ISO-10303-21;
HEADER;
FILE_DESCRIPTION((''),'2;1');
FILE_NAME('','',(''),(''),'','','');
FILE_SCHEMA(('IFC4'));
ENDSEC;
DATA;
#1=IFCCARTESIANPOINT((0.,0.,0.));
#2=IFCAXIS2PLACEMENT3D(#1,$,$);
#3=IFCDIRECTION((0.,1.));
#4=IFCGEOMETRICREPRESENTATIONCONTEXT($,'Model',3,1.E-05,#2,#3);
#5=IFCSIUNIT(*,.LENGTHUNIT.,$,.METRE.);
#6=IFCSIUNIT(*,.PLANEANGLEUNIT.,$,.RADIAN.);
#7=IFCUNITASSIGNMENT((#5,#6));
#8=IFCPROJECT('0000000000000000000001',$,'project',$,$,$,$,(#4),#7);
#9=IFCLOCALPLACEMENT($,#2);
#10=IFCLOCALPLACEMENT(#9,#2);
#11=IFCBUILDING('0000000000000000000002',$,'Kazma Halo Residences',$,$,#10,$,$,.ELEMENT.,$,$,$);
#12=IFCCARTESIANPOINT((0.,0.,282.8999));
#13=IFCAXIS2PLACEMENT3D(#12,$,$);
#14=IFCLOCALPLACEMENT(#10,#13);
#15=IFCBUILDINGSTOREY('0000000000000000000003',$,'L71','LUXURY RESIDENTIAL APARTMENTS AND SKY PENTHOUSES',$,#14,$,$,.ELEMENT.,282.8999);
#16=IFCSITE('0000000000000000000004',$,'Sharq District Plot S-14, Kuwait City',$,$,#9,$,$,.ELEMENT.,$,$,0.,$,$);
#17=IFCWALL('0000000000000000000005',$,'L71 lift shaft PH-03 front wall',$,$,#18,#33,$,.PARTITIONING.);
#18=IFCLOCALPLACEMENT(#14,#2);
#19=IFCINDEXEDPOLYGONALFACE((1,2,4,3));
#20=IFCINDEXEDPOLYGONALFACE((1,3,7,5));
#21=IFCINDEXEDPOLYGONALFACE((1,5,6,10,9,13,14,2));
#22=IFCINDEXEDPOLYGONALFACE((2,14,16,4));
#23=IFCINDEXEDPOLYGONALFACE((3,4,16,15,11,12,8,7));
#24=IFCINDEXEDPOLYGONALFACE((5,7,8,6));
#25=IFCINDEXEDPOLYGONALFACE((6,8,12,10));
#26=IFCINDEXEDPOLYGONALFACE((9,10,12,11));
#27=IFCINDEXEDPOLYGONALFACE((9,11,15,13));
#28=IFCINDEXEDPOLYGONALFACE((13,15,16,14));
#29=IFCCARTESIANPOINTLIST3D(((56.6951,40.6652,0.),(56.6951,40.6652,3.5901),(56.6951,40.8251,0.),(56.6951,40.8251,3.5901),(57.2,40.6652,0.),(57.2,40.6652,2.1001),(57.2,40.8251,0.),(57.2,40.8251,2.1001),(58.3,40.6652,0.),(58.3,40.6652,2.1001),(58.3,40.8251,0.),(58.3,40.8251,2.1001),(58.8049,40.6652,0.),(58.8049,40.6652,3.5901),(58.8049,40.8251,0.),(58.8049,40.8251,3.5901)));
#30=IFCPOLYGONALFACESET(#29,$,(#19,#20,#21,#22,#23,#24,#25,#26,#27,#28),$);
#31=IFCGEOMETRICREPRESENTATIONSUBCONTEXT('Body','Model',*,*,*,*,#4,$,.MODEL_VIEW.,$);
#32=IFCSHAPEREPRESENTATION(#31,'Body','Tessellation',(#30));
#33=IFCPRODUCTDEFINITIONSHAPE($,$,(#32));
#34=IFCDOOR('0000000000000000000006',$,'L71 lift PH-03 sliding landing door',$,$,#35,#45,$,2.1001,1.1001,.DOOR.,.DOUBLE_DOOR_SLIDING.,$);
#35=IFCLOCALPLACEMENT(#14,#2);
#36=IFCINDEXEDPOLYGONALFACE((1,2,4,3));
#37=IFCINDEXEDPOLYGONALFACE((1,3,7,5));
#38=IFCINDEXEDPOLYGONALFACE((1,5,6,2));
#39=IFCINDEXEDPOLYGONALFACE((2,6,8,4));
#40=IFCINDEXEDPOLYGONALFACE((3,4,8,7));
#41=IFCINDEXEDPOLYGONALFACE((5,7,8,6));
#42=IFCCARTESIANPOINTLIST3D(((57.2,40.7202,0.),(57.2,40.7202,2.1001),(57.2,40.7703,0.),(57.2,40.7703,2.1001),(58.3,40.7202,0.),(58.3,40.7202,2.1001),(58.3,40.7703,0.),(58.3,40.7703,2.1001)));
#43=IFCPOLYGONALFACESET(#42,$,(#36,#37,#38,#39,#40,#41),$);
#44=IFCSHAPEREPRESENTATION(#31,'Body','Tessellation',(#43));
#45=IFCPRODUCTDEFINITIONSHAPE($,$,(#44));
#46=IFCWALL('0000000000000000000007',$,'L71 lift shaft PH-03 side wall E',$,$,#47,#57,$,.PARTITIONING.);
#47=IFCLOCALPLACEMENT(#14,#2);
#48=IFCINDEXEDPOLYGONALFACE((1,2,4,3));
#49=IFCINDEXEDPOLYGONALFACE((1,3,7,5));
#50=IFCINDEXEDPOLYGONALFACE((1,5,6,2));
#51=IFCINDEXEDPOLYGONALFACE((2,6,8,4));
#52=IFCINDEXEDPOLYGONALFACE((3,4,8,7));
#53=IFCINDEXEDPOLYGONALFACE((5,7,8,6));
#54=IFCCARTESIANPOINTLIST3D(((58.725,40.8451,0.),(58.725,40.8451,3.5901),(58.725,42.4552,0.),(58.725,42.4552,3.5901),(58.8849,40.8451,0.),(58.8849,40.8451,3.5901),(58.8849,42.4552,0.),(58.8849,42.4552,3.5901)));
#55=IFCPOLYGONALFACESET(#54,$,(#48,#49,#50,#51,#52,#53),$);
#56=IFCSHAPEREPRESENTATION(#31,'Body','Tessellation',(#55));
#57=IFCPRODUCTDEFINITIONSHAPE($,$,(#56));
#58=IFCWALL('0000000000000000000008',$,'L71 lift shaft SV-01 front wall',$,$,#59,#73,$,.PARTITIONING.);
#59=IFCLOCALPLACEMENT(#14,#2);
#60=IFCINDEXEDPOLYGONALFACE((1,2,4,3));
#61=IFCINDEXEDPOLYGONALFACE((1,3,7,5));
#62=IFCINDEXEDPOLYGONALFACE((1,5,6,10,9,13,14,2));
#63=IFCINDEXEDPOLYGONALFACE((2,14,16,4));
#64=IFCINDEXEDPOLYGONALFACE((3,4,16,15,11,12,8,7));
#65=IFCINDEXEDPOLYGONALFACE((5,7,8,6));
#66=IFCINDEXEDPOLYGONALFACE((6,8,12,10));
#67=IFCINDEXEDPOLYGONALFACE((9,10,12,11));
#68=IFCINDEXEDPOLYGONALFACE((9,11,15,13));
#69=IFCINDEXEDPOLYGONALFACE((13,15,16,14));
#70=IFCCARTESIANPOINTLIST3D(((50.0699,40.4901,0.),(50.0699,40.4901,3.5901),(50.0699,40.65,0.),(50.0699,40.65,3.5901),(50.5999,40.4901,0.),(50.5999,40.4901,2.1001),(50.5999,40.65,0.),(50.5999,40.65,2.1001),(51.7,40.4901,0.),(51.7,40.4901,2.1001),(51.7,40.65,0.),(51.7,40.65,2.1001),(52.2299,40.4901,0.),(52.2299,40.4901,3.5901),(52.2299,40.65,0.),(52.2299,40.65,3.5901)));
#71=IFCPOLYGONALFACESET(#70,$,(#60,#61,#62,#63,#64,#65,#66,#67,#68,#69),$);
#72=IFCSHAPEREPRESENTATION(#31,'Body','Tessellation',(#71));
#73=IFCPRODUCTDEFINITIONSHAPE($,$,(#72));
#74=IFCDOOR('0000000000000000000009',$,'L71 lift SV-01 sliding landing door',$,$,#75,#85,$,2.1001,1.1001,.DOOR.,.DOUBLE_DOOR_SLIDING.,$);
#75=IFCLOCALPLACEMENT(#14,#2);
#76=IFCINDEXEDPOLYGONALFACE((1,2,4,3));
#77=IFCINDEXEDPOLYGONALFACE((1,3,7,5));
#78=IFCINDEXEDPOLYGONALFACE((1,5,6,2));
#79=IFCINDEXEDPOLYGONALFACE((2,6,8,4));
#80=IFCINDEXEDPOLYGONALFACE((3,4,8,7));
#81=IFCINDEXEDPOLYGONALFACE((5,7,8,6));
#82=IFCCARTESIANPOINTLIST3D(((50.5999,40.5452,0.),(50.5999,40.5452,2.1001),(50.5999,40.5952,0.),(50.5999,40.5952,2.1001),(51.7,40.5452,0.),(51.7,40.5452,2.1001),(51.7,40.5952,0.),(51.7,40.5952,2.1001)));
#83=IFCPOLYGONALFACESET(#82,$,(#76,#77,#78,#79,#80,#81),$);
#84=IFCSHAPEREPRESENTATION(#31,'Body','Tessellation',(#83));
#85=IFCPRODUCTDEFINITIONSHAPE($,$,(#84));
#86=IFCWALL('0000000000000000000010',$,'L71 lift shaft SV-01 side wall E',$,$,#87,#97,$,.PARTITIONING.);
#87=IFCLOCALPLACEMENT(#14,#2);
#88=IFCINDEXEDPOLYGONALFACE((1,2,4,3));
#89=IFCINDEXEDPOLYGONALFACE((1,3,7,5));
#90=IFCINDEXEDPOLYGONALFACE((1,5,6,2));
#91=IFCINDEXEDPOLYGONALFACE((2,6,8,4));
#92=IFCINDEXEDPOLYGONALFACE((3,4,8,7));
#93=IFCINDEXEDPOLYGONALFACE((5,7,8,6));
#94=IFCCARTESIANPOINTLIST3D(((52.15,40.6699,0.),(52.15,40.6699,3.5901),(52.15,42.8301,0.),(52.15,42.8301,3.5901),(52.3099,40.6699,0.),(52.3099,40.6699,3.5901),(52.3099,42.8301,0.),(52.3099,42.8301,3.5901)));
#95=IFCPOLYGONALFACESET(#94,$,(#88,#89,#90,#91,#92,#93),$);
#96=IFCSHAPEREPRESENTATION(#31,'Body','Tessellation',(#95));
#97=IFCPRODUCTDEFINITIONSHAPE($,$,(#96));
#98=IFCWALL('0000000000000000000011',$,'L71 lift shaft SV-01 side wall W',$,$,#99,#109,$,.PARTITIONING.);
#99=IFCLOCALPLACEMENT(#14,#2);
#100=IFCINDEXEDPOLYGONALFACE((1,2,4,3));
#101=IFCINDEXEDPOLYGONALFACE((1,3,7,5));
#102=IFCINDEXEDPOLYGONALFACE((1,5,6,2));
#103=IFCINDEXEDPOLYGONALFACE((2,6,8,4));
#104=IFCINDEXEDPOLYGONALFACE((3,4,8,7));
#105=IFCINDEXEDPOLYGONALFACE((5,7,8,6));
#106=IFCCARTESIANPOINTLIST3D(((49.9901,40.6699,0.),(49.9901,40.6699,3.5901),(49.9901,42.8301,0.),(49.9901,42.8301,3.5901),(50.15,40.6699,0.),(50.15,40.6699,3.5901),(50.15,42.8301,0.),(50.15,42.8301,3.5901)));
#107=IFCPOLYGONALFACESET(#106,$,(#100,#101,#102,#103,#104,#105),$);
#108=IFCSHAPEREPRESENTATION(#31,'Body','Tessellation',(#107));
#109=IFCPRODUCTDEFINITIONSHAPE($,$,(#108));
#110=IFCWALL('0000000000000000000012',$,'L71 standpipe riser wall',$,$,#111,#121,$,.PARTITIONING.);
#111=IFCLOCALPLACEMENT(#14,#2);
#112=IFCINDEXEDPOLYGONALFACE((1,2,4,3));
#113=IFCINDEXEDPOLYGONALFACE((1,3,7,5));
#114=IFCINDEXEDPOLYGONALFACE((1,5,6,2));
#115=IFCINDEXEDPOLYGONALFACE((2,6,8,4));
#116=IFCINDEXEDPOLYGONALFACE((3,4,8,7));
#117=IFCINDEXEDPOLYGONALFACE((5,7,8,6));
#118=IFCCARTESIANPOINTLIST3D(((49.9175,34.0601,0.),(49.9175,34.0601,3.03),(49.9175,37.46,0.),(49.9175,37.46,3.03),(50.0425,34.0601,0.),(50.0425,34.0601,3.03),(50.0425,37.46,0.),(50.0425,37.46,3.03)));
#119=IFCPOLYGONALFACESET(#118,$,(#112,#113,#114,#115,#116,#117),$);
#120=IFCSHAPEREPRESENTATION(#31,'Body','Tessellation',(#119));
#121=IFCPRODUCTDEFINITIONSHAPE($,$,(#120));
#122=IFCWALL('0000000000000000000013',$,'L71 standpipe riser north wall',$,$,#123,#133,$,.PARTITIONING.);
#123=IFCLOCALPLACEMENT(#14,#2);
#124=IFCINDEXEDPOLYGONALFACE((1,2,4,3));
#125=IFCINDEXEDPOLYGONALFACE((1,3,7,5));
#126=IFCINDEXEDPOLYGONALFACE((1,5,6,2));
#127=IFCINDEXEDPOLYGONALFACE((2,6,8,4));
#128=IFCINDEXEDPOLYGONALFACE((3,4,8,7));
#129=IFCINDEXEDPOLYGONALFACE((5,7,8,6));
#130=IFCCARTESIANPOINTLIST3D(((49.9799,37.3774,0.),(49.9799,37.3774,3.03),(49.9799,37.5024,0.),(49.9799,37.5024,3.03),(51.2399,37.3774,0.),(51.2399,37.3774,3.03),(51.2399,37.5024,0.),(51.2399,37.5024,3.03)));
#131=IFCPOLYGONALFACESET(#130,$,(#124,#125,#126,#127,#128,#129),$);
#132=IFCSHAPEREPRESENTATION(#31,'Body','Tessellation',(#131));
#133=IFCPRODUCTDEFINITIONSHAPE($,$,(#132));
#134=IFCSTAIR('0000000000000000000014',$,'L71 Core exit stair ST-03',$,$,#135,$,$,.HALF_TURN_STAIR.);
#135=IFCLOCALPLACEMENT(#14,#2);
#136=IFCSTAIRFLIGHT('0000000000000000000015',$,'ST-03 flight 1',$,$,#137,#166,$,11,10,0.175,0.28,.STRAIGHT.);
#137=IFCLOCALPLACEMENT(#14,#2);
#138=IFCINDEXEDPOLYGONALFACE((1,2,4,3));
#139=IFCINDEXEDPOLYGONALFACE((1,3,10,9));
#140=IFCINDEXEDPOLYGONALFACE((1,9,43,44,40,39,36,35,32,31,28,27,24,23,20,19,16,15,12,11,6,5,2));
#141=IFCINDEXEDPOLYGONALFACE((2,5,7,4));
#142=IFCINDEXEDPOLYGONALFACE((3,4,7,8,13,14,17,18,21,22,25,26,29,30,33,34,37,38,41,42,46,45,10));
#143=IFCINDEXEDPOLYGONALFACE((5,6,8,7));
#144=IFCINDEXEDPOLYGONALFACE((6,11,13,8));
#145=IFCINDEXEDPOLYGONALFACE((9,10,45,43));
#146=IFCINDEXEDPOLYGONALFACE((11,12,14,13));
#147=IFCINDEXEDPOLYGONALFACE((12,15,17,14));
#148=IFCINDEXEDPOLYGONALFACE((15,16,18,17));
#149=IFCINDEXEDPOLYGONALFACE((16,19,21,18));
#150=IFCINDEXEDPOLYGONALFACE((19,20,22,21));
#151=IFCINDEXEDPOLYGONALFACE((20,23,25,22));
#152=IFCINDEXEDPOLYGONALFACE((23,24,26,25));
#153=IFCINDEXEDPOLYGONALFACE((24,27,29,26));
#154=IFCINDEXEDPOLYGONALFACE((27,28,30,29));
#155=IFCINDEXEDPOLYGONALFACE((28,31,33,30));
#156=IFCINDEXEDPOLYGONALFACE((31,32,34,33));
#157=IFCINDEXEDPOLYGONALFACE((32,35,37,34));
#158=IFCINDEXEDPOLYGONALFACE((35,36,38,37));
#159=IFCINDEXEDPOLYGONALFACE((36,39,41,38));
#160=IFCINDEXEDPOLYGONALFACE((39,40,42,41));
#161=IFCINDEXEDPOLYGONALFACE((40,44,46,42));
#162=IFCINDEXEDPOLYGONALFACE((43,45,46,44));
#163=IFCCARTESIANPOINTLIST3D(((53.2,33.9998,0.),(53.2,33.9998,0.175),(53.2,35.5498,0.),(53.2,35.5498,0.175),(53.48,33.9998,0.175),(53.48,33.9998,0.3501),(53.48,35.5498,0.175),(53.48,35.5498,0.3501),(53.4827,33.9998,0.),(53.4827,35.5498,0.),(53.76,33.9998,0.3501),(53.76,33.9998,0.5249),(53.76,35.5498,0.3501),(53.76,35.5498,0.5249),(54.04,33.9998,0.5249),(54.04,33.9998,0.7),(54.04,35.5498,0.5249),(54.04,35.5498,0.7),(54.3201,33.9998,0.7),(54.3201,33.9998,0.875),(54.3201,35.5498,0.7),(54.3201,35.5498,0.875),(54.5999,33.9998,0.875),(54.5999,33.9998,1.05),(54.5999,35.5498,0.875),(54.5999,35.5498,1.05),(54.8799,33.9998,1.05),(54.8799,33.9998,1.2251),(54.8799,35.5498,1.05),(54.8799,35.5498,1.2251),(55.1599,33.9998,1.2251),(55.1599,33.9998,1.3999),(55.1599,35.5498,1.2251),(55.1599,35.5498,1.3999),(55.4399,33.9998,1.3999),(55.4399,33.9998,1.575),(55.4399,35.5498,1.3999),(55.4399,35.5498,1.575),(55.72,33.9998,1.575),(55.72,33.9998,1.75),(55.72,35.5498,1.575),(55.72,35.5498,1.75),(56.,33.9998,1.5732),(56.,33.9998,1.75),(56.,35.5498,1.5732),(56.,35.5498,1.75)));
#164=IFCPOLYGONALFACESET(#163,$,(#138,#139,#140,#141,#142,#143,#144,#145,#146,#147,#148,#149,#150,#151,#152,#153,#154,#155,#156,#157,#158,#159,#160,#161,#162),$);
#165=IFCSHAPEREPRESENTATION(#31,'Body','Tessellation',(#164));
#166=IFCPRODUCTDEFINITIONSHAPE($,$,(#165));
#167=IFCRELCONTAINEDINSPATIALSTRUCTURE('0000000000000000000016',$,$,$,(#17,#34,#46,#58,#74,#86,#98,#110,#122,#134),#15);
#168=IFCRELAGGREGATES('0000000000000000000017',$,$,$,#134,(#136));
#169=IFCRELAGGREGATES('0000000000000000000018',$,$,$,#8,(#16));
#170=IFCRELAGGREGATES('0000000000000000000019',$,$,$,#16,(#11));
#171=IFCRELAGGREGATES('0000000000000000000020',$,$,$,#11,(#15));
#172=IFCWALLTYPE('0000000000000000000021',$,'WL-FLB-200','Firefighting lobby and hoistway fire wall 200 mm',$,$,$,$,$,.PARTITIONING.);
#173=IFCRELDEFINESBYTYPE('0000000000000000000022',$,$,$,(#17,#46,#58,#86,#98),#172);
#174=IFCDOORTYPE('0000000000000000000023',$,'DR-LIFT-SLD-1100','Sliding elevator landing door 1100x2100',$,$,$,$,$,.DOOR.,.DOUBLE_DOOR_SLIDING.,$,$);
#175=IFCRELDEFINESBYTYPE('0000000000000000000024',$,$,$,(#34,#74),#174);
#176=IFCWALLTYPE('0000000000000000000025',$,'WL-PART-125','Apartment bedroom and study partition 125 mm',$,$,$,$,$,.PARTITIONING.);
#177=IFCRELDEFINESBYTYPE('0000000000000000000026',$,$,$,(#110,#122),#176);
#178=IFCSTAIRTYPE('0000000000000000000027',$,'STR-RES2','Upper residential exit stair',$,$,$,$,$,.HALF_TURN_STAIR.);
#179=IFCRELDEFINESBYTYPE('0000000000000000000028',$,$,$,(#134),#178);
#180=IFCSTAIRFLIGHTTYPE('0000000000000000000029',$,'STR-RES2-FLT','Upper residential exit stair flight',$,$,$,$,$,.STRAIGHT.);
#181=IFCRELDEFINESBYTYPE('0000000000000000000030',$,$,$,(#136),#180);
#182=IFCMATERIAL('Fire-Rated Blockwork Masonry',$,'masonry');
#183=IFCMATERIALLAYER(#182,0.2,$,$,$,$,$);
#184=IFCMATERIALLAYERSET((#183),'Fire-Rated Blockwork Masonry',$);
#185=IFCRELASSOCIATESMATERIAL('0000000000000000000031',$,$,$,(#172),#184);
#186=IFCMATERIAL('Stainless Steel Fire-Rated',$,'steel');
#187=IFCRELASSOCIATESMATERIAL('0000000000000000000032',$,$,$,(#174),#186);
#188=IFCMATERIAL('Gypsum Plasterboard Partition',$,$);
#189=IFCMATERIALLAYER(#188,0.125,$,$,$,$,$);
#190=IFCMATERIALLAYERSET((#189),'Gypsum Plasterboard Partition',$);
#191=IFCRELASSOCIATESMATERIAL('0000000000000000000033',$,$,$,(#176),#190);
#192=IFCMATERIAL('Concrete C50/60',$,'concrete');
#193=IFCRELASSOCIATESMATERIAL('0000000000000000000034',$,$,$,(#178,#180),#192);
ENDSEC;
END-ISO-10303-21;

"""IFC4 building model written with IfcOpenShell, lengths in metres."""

from ifc_helpers import new_model, si_unit, direction, frame, frame_2d, origin, place, context, subcontext, project, spatial, polyline, rectangle, outline, extrude, material, layer, layer_set, type_object, element, fill, aggregate, save


model = new_model("IFC4")

# Units and contexts
model_context = context("Model", 3, precision=1e-05, world=origin(), true_north=direction((0.0, 1.0)))
body_context = subcontext(model_context, "Body", "Model", "MODEL_VIEW")
ifc_project = project(units=[si_unit("LENGTHUNIT", "METRE"), si_unit("PLANEANGLEUNIT", "RADIAN")], contexts=[model_context])

# Site, building, storey
site_placement = place(None, origin())
site = spatial("IfcSite", under=ifc_project, at=site_placement, Name="Sharq District Plot S-14, Kuwait City", CompositionType="ELEMENT", RefElevation=0.0)
building_placement = place(site_placement, origin())
building = spatial("IfcBuilding", under=site, at=building_placement, Name="Kazma Halo Residences", CompositionType="ELEMENT")
storey_placement = place(building_placement, frame((0.0, 0.0, 282.8999)))
storey = spatial("IfcBuildingStorey", under=building, at=storey_placement, Name="L71", Description="LUXURY RESIDENTIAL APARTMENTS AND SKY PENTHOUSES", CompositionType="ELEMENT", Elevation=282.8999)

# Shared definitions
ifc_material_1 = material(Name="Fire-Rated Blockwork Masonry", Category="masonry")
ifc_layer_1 = layer(ifc_material_1, 0.2)
ifc_layer_set_1 = layer_set([ifc_layer_1], Name="Fire-Rated Blockwork Masonry")
wall_type_1 = type_object("IfcWallType", Name="WL-FLB-200", Description="Firefighting lobby and hoistway fire wall 200 mm", PredefinedType="PARTITIONING", material=ifc_layer_set_1)
ifc_material_2 = material(Name="Stainless Steel Fire-Rated", Category="steel")
door_type_1 = type_object("IfcDoorType", Name="DR-LIFT-SLD-1100", Description="Sliding elevator landing door 1100x2100", OperationType="DOUBLE_DOOR_SLIDING", PredefinedType="DOOR", material=ifc_material_2)

# Wall, opening, door
wall_1_placement = place(storey_placement, frame((58.8049, 40.7451, 0.0), z_axis=(0.0, 0.0, 1.0), x_axis=(-1.0, 0.0, 0.0)))
wall_1 = element("IfcWall", 1, at=wall_1_placement, inside=storey, type_object=wall_type_1, Name="L71 lift shaft PH-03 front wall", PredefinedType="PARTITIONING", context=body_context, shape_type="SweptSolid", body=[
    extrude(rectangle(XDim=2.1099, YDim=0.1599, at=frame_2d((1.0549, 0.0))), origin(), (0.0, 0.0, 1.0), 3.5901),
])
opening_1_placement = place(wall_1_placement, frame((0.5049, 0.0, 0.0)))
opening_1 = element("IfcOpeningElement", 2, at=opening_1_placement, cuts=wall_1, PredefinedType="OPENING", context=body_context, shape_type="SweptSolid", body=[
    extrude(rectangle(XDim=1.1001, YDim=2.1001, at=frame_2d((0.55, 1.05))), frame((0.0, 0.0898, 0.0), z_axis=(0.0, -1.0, 0.0), x_axis=(1.0, 0.0, 0.0)), (0.0, 0.0, 1.0), 0.1799),
])
door_1_placement = place(opening_1_placement, origin())
door_1 = element("IfcDoor", 3, at=door_1_placement, inside=storey, type_object=door_type_1, Name="L71 lift PH-03 sliding landing door", OperationType="DOUBLE_DOOR_SLIDING", OverallHeight=2.1001, OverallWidth=1.1001, PredefinedType="DOOR", context=body_context, shape_type="SweptSolid", body=[
    extrude(rectangle(XDim=1.1001, YDim=2.1001, at=frame_2d((0.55, 1.05))), frame((0.0, 0.0249, 0.0), z_axis=(0.0, -1.0, 0.0), x_axis=(1.0, 0.0, 0.0)), (0.0, 0.0, 1.0), 0.05),
])
fill(opening_1, door_1)

# Wall
wall_2_placement = place(storey_placement, frame((58.8049, 40.845, 0.0), z_axis=(0.0, 0.0, 1.0), x_axis=(0.0, 1.0, 0.0)))
element("IfcWall", 4, at=wall_2_placement, inside=storey, type_object=wall_type_1, Name="L71 lift shaft PH-03 side wall E", PredefinedType="PARTITIONING", context=body_context, shape_type="SweptSolid", body=[
    extrude(rectangle(XDim=1.6101, YDim=0.1599, at=frame_2d((0.8052, 0.0))), origin(), (0.0, 0.0, 1.0), 3.5901),
])

# Wall, opening, door
wall_3_placement = place(storey_placement, frame((52.23, 40.5701, 0.0), z_axis=(0.0, 0.0, 1.0), x_axis=(-1.0, 0.0, 0.0)))
wall_3 = element("IfcWall", 5, at=wall_3_placement, inside=storey, type_object=wall_type_1, Name="L71 lift shaft SV-01 front wall", PredefinedType="PARTITIONING", context=body_context, shape_type="SweptSolid", body=[
    extrude(rectangle(XDim=2.1599, YDim=0.1599, at=frame_2d((1.0801, 0.0))), origin(), (0.0, 0.0, 1.0), 3.5901),
])
opening_2_placement = place(wall_3_placement, frame((0.53, 0.0, 0.0)))
opening_2 = element("IfcOpeningElement", 6, at=opening_2_placement, cuts=wall_3, PredefinedType="OPENING", context=body_context, shape_type="SweptSolid", body=[
    extrude(rectangle(XDim=1.1001, YDim=2.1001, at=frame_2d((0.55, 1.05))), frame((0.0, 0.0898, 0.0), z_axis=(0.0, -1.0, 0.0), x_axis=(1.0, 0.0, 0.0)), (0.0, 0.0, 1.0), 0.1799),
])
door_2_placement = place(opening_2_placement, origin())
door_2 = element("IfcDoor", 7, at=door_2_placement, inside=storey, type_object=door_type_1, Name="L71 lift SV-01 sliding landing door", OperationType="DOUBLE_DOOR_SLIDING", OverallHeight=2.1001, OverallWidth=1.1001, PredefinedType="DOOR", context=body_context, shape_type="SweptSolid", body=[
    extrude(rectangle(XDim=1.1001, YDim=2.1001, at=frame_2d((0.55, 1.05))), frame((0.0, 0.0249, 0.0), z_axis=(0.0, -1.0, 0.0), x_axis=(1.0, 0.0, 0.0)), (0.0, 0.0, 1.0), 0.05),
])
fill(opening_2, door_2)

# Walls
for number, where, z_axis, x_axis, name in (
    (8, (52.23, 40.6699, 0.0), (0.0, 0.0, 1.0), (0.0, 1.0, 0.0), "L71 lift shaft SV-01 side wall E"),
    (9, (50.0701, 40.6699, 0.0), (0.0, 0.0, 1.0), (0.0, 1.0, 0.0), "L71 lift shaft SV-01 side wall W"),
):
    element("IfcWall", number, at=place(storey_placement, frame(where, z_axis=z_axis, x_axis=x_axis)), inside=storey, type_object=wall_type_1, Name=name, PredefinedType="PARTITIONING", context=body_context, shape_type="SweptSolid", body=[
        extrude(rectangle(XDim=2.1602, YDim=0.1599, at=frame_2d((1.0801, 0.0))), origin(), (0.0, 0.0, 1.0), 3.5901),
    ])
ifc_material_3 = material(Name="Gypsum Plasterboard Partition")
ifc_layer_2 = layer(ifc_material_3, 0.125)
ifc_layer_set_2 = layer_set([ifc_layer_2], Name="Gypsum Plasterboard Partition")
wall_type_2 = type_object("IfcWallType", Name="WL-PART-125", Description="Apartment bedroom and study partition 125 mm", PredefinedType="PARTITIONING", material=ifc_layer_set_2)
wall_4_placement = place(storey_placement, frame((49.98, 34.0601, 0.0), z_axis=(0.0, 0.0, 1.0), x_axis=(0.0, 1.0, 0.0)))
element("IfcWall", 10, at=wall_4_placement, inside=storey, type_object=wall_type_2, Name="L71 standpipe riser wall", PredefinedType="PARTITIONING", context=body_context, shape_type="SweptSolid", body=[
    extrude(rectangle(XDim=3.3999, YDim=0.125, at=frame_2d((1.7, 0.0))), origin(), (0.0, 0.0, 1.0), 3.03),
])
wall_5_placement = place(storey_placement, frame((49.98, 37.4399, 0.0), z_axis=(0.0, 0.0, 1.0), x_axis=(1.0, 0.0, 0.0)))
element("IfcWall", 11, at=wall_5_placement, inside=storey, type_object=wall_type_2, Name="L71 standpipe riser north wall", PredefinedType="PARTITIONING", context=body_context, shape_type="SweptSolid", body=[
    extrude(rectangle(XDim=1.26, YDim=0.125, at=frame_2d((0.6299, 0.0))), origin(), (0.0, 0.0, 1.0), 3.03),
])

# Shared definitions
ifc_material_4 = material(Name="Concrete C50/60", Category="concrete")

# Stair, stair flight
stair_type = type_object("IfcStairType", Name="STR-RES2", Description="Upper residential exit stair", PredefinedType="HALF_TURN_STAIR", material=ifc_material_4)
stair_placement = place(storey_placement, origin())
stair = element("IfcStair", 12, at=stair_placement, inside=storey, type_object=stair_type, Name="L71 Core exit stair ST-03", PredefinedType="HALF_TURN_STAIR")
stair_flight_type = type_object("IfcStairFlightType", Name="STR-RES2-FLT", Description="Upper residential exit stair flight", PredefinedType="STRAIGHT", material=ifc_material_4)
stair_flight_1_placement = place(storey_placement, frame((53.2, 34.7749, 0.0), z_axis=(0.0, 0.0, 1.0), x_axis=(1.0, 0.0, 0.0)))
stair_flight_1 = element("IfcStairFlight", 13, at=stair_flight_1_placement, type_object=stair_flight_type, Name="ST-03 flight 1", NumberOfRisers=11, NumberOfTreads=10, PredefinedType="STRAIGHT", RiserHeight=0.175, TreadLength=0.28, context=body_context, shape_type="SweptSolid", body=[
    extrude(outline(polyline([(0.0, 0.0), (0.0, 0.175), (0.28, 0.175), (0.28, 0.3501), (0.5601, 0.3501), (0.5601, 0.5249), (0.8401, 0.5249), (0.8401, 0.7), (1.1201, 0.7), (1.1201, 0.875), (1.3999, 0.875), (1.3999, 1.05), (1.6799, 1.05), (1.6799, 1.2251), (1.96, 1.2251), (1.96, 1.3999), (2.24, 1.3999), (2.24, 1.575), (2.52, 1.575), (2.52, 1.75), (2.8, 1.75), (2.8, 1.925), (2.8, 1.5732), (0.2827, 0.0), (0.0, 0.0)])), frame((0.0, 0.7749, 0.0), z_axis=(0.0, -1.0, 0.0), x_axis=(1.0, 0.0, 0.0)), (0.0, 0.0, 1.0), 1.55),
])
aggregate(stair, [stair_flight_1])

save(model, "model.ifc")
